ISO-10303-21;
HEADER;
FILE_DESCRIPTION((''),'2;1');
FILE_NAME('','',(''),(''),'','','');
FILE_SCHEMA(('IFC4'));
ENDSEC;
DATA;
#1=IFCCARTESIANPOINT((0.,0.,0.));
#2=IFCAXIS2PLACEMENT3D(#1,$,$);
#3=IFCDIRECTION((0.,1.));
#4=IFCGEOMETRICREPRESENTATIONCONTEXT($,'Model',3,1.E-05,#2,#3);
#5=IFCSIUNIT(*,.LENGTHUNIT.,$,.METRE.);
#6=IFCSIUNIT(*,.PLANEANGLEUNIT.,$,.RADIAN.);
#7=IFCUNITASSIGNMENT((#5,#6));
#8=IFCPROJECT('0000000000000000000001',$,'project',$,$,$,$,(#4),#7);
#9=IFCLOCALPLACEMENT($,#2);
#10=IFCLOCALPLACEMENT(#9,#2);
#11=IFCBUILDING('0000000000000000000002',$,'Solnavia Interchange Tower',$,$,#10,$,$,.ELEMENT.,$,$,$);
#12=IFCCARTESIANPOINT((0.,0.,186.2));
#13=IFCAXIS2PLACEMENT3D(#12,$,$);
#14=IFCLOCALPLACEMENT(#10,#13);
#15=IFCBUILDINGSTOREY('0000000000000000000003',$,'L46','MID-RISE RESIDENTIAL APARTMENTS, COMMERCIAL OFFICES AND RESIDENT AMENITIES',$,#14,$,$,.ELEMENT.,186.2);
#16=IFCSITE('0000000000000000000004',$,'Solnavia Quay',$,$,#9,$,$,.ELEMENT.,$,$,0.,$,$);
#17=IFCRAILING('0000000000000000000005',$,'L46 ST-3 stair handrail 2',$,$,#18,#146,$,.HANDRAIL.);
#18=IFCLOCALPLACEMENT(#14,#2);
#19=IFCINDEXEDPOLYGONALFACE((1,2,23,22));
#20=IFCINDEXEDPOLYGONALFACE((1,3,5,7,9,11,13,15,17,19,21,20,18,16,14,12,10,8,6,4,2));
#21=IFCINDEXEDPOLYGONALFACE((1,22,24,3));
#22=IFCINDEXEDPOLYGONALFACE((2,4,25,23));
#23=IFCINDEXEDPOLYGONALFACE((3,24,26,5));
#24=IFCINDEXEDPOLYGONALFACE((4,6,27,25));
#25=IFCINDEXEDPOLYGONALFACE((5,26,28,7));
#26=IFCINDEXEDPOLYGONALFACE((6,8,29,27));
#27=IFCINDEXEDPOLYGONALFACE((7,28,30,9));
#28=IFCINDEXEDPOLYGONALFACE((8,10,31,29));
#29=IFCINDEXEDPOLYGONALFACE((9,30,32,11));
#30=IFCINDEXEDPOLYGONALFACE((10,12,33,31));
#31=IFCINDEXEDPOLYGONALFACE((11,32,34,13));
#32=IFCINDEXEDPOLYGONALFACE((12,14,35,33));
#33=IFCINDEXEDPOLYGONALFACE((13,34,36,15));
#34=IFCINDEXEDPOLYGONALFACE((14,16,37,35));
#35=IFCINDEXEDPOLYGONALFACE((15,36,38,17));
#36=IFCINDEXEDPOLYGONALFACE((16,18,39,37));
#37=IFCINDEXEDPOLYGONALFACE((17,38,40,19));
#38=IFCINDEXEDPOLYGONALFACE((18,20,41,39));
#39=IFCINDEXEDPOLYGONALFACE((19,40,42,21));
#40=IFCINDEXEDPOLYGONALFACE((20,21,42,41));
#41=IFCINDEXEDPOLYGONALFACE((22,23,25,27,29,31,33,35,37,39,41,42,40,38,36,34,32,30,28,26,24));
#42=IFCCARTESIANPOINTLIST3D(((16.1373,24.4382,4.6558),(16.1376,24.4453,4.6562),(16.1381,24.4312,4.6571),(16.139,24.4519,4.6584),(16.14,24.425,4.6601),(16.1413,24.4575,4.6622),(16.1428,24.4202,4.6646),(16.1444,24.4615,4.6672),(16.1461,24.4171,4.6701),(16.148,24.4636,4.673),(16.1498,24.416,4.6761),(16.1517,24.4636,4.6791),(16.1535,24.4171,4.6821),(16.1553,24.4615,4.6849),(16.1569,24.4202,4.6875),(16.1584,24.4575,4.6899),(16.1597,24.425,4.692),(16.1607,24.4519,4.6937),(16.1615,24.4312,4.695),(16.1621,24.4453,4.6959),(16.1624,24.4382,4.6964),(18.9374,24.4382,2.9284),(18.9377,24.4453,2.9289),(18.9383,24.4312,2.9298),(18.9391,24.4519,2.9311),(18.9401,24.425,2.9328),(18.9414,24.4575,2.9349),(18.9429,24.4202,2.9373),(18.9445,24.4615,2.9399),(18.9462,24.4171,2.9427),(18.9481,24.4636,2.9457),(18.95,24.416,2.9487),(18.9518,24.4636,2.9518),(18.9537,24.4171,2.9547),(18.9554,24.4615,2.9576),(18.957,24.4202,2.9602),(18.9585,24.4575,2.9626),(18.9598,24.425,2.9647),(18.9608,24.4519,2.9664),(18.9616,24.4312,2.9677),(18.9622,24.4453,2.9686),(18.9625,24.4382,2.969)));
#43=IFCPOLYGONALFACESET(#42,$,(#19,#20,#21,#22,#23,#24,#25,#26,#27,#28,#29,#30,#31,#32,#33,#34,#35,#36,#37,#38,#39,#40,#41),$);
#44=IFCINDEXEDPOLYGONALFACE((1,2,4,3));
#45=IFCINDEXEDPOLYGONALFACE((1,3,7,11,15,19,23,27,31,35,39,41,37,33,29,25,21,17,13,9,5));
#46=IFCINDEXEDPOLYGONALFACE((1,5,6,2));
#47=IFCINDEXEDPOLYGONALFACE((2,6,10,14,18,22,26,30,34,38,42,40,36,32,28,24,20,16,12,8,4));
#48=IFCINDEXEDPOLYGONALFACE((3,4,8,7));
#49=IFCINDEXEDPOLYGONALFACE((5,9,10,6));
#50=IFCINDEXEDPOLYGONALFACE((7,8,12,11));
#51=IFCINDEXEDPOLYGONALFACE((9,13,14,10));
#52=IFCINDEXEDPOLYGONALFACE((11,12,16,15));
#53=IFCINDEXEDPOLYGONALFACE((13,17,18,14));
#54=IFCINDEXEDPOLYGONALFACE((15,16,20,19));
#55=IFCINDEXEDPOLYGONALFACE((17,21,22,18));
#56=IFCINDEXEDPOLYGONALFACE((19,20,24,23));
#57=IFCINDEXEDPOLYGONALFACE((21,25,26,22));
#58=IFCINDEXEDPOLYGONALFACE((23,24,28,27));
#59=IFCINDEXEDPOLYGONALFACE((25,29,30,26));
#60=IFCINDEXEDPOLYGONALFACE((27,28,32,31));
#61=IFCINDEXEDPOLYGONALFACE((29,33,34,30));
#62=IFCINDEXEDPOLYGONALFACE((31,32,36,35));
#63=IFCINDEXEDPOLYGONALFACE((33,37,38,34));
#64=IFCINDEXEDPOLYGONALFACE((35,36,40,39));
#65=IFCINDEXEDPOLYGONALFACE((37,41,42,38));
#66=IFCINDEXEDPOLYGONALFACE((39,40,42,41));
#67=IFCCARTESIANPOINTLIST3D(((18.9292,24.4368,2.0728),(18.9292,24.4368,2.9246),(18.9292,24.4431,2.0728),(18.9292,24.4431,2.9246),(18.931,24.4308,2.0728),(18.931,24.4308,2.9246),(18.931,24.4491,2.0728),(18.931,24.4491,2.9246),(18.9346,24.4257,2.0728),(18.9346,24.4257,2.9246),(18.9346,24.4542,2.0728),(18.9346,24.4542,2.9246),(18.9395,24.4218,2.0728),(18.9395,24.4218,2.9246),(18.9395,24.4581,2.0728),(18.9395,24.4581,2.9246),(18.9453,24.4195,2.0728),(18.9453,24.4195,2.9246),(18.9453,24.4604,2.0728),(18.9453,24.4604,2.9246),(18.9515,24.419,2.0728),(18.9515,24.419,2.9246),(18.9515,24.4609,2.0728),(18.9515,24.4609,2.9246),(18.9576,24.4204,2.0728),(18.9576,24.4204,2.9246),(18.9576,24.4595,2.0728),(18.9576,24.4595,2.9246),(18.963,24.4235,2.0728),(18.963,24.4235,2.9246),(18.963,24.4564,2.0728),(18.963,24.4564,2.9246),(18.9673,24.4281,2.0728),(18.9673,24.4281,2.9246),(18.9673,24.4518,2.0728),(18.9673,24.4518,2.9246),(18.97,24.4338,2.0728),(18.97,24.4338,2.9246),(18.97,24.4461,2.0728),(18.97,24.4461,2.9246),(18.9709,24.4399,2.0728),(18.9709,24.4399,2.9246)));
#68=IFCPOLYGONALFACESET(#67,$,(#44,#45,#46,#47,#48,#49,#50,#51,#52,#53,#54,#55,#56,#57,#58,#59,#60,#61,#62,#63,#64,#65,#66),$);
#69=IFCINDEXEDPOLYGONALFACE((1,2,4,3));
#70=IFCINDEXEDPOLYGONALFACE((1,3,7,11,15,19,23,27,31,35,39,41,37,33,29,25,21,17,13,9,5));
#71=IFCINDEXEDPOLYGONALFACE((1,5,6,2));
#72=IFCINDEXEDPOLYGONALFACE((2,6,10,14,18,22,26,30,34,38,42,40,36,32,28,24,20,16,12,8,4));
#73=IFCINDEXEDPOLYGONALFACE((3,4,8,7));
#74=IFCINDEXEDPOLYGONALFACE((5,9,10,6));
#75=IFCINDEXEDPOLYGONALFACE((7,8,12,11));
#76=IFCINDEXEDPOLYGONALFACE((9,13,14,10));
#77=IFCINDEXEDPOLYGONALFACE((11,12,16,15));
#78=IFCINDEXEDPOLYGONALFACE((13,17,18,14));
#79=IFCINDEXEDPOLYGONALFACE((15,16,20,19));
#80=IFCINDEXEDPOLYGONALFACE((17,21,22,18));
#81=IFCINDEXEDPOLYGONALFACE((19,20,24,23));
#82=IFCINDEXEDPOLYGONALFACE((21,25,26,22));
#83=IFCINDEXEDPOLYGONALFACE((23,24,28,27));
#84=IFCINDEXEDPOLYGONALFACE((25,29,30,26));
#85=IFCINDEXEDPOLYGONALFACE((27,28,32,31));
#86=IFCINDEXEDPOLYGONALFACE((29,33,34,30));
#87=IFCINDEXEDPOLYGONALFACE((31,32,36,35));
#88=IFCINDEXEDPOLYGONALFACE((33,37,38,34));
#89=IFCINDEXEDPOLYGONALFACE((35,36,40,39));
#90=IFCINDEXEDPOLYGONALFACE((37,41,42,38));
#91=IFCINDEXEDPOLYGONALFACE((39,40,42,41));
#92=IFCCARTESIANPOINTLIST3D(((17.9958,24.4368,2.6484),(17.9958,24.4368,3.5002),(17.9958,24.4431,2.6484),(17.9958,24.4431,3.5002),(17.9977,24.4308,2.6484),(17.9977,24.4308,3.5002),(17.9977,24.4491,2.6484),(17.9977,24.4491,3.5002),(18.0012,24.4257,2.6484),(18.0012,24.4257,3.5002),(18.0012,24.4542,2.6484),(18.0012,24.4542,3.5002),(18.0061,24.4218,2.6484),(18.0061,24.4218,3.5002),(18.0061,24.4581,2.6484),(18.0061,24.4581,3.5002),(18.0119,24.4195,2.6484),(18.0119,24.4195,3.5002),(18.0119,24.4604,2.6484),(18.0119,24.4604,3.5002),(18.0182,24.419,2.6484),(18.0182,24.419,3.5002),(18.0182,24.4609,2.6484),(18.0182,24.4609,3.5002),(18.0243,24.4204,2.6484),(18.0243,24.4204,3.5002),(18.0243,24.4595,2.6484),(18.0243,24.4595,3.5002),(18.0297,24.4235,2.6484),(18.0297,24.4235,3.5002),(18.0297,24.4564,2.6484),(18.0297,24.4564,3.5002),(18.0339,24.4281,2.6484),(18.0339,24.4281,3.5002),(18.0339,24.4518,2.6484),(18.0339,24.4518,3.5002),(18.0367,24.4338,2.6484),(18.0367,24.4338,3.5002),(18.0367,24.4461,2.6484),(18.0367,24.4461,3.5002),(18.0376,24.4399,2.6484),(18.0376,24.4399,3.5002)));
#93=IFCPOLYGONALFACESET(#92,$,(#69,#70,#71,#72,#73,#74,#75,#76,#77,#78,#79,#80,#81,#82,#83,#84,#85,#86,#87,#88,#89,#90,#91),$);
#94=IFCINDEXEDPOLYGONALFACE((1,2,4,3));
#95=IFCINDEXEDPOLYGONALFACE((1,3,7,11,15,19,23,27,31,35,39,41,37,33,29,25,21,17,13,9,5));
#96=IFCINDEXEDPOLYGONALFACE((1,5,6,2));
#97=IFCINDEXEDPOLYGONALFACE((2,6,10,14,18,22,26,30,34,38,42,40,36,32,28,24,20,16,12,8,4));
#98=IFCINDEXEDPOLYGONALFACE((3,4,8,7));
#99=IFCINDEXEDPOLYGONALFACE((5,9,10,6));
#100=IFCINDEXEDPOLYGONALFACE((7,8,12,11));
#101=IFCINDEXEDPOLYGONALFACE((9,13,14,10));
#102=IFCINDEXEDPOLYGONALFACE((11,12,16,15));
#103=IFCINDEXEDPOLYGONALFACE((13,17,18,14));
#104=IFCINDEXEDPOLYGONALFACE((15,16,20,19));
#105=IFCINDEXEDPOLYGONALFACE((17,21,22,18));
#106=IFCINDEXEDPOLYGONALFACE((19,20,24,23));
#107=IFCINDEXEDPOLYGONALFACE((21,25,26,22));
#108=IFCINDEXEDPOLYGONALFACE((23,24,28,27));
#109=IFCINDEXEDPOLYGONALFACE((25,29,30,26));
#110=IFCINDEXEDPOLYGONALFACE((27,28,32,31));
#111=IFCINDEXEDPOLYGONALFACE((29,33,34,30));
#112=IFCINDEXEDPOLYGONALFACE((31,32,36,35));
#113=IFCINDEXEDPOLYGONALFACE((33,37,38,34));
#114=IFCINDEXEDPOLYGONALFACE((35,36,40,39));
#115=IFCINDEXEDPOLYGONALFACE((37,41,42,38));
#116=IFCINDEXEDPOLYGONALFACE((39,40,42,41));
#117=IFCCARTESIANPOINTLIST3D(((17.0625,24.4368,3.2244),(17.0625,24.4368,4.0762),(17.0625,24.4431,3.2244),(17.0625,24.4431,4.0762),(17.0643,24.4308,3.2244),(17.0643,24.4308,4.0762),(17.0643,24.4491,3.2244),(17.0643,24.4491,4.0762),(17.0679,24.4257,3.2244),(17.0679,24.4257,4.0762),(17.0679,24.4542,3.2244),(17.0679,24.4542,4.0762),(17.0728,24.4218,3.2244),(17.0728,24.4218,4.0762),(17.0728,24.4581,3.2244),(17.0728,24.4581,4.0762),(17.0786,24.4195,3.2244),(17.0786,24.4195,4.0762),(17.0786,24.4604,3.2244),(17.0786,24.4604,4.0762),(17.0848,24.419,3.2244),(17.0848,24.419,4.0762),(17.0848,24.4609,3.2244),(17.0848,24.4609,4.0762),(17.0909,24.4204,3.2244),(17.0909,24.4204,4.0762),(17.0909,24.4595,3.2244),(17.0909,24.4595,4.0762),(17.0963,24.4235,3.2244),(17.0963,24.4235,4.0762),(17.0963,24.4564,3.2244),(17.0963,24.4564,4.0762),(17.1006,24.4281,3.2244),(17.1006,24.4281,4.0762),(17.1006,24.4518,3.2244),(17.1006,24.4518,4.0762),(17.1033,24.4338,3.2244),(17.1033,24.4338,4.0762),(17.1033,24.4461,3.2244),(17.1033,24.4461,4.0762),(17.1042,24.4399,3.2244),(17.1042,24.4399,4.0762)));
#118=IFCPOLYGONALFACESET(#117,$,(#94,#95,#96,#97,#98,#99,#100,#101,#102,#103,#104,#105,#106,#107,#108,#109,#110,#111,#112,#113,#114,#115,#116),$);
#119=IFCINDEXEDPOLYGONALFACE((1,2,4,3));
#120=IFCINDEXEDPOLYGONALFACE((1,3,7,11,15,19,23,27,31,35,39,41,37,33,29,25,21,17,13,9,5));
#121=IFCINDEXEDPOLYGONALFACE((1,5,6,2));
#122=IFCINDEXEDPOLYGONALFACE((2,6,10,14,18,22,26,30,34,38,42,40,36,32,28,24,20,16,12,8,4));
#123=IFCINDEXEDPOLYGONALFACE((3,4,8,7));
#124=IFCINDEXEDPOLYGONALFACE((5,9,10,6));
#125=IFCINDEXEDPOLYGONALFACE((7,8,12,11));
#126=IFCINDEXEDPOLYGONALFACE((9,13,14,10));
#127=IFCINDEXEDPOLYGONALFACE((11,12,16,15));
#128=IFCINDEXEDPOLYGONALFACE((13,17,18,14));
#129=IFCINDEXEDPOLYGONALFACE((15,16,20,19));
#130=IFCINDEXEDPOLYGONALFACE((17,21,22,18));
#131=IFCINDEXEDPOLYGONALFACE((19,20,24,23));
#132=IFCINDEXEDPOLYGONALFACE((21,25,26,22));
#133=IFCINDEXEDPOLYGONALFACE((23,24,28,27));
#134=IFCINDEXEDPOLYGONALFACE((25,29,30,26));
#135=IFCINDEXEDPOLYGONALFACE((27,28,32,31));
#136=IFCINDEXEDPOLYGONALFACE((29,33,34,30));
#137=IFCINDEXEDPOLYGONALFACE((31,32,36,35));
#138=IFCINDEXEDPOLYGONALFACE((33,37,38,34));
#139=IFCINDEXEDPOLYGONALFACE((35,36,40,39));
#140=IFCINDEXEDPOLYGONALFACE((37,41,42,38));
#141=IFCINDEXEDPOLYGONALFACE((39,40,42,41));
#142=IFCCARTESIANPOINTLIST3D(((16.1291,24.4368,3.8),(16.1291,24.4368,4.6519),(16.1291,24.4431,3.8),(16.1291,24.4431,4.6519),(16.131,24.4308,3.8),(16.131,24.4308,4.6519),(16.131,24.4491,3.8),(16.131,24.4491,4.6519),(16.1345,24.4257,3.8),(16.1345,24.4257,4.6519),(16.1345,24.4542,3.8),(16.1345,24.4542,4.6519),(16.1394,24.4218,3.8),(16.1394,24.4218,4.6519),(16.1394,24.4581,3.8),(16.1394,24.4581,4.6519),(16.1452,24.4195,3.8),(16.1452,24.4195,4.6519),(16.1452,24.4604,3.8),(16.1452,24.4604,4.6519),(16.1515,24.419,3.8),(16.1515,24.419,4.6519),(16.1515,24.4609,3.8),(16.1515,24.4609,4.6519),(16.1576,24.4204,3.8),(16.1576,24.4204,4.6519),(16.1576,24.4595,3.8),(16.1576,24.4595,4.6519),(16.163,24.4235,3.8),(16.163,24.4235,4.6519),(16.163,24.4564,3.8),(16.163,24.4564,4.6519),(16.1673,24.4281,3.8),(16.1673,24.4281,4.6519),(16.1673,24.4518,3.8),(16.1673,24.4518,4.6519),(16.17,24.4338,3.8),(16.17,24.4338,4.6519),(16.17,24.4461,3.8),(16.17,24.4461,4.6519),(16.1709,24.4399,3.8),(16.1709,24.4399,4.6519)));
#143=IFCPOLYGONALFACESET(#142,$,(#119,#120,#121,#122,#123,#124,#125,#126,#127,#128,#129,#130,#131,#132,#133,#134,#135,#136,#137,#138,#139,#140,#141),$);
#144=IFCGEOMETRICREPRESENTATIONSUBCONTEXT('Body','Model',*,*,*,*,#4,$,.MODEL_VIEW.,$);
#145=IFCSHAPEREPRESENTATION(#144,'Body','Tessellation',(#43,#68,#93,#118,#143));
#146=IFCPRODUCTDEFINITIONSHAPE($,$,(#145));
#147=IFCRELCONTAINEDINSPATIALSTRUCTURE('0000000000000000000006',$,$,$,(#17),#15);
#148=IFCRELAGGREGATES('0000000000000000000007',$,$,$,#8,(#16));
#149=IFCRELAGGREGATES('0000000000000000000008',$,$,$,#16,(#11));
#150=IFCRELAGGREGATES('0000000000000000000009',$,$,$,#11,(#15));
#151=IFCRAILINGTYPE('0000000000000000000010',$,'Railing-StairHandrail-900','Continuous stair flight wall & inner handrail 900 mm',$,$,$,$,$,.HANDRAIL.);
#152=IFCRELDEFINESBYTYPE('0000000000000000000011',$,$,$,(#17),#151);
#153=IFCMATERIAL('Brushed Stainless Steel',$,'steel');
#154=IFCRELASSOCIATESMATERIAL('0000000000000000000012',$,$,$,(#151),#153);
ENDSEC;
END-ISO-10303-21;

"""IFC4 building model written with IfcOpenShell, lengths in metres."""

from ifc_helpers import new_model, si_unit, direction, frame, origin, origin_2d, place, context, subcontext, project, spatial, circle, extrude, material, type_object, element, save


model = new_model("IFC4")

# Units and contexts
model_context = context("Model", 3, precision=1e-05, world=origin(), true_north=direction((0.0, 1.0)))
body_context = subcontext(model_context, "Body", "Model", "MODEL_VIEW")
ifc_project = project(units=[si_unit("LENGTHUNIT", "METRE"), si_unit("PLANEANGLEUNIT", "RADIAN")], contexts=[model_context])

# Site, building, storey
site_placement = place(None, origin())
site = spatial("IfcSite", under=ifc_project, at=site_placement, Name="Solnavia Quay", CompositionType="ELEMENT", RefElevation=0.0)
building_placement = place(site_placement, origin())
building = spatial("IfcBuilding", under=site, at=building_placement, Name="Solnavia Interchange Tower", CompositionType="ELEMENT")
storey_placement = place(building_placement, frame((0.0, 0.0, 186.2)))
storey = spatial("IfcBuildingStorey", under=building, at=storey_placement, Name="L46", Description="MID-RISE RESIDENTIAL APARTMENTS, COMMERCIAL OFFICES AND RESIDENT AMENITIES", CompositionType="ELEMENT", Elevation=186.2)

# Railing
ifc_material_1 = material(Name="Brushed Stainless Steel", Category="steel")
railing_type_1 = type_object("IfcRailingType", Name="Railing-StairHandrail-900", Description="Continuous stair flight wall & inner handrail 900 mm", PredefinedType="HANDRAIL", material=ifc_material_1)
railing_1_placement = place(storey_placement, frame((18.95, 24.4399, 2.0728)))
element("IfcRailing", 1, at=railing_1_placement, inside=storey, type_object=railing_type_1, Name="L46 ST-3 stair handrail 2", PredefinedType="HANDRAIL", context=body_context, shape_type="SweptSolid", body=[
    extrude(circle(Radius=0.0239, at=origin_2d()), frame((0.0, 0.0, 0.876), z_axis=(-0.85109, 0.0, 0.52502), x_axis=(0.0, -1.0, 0.0)), (0.0, 0.0, 1.0), 3.29),
    extrude(circle(Radius=0.021, at=origin_2d()), origin(), (0.0, 0.0, 1.0), 0.8518),
    extrude(circle(Radius=0.021, at=origin_2d()), frame((-0.9333, 0.0, 0.5757)), (0.0, 0.0, 1.0), 0.8518),
    extrude(circle(Radius=0.021, at=origin_2d()), frame((-1.8667, 0.0, 1.1516)), (0.0, 0.0, 1.0), 0.8518),
    extrude(circle(Radius=0.021, at=origin_2d()), frame((-2.8, 0.0, 1.7273)), (0.0, 0.0, 1.0), 0.8518),
])

save(model, "model.ifc")
